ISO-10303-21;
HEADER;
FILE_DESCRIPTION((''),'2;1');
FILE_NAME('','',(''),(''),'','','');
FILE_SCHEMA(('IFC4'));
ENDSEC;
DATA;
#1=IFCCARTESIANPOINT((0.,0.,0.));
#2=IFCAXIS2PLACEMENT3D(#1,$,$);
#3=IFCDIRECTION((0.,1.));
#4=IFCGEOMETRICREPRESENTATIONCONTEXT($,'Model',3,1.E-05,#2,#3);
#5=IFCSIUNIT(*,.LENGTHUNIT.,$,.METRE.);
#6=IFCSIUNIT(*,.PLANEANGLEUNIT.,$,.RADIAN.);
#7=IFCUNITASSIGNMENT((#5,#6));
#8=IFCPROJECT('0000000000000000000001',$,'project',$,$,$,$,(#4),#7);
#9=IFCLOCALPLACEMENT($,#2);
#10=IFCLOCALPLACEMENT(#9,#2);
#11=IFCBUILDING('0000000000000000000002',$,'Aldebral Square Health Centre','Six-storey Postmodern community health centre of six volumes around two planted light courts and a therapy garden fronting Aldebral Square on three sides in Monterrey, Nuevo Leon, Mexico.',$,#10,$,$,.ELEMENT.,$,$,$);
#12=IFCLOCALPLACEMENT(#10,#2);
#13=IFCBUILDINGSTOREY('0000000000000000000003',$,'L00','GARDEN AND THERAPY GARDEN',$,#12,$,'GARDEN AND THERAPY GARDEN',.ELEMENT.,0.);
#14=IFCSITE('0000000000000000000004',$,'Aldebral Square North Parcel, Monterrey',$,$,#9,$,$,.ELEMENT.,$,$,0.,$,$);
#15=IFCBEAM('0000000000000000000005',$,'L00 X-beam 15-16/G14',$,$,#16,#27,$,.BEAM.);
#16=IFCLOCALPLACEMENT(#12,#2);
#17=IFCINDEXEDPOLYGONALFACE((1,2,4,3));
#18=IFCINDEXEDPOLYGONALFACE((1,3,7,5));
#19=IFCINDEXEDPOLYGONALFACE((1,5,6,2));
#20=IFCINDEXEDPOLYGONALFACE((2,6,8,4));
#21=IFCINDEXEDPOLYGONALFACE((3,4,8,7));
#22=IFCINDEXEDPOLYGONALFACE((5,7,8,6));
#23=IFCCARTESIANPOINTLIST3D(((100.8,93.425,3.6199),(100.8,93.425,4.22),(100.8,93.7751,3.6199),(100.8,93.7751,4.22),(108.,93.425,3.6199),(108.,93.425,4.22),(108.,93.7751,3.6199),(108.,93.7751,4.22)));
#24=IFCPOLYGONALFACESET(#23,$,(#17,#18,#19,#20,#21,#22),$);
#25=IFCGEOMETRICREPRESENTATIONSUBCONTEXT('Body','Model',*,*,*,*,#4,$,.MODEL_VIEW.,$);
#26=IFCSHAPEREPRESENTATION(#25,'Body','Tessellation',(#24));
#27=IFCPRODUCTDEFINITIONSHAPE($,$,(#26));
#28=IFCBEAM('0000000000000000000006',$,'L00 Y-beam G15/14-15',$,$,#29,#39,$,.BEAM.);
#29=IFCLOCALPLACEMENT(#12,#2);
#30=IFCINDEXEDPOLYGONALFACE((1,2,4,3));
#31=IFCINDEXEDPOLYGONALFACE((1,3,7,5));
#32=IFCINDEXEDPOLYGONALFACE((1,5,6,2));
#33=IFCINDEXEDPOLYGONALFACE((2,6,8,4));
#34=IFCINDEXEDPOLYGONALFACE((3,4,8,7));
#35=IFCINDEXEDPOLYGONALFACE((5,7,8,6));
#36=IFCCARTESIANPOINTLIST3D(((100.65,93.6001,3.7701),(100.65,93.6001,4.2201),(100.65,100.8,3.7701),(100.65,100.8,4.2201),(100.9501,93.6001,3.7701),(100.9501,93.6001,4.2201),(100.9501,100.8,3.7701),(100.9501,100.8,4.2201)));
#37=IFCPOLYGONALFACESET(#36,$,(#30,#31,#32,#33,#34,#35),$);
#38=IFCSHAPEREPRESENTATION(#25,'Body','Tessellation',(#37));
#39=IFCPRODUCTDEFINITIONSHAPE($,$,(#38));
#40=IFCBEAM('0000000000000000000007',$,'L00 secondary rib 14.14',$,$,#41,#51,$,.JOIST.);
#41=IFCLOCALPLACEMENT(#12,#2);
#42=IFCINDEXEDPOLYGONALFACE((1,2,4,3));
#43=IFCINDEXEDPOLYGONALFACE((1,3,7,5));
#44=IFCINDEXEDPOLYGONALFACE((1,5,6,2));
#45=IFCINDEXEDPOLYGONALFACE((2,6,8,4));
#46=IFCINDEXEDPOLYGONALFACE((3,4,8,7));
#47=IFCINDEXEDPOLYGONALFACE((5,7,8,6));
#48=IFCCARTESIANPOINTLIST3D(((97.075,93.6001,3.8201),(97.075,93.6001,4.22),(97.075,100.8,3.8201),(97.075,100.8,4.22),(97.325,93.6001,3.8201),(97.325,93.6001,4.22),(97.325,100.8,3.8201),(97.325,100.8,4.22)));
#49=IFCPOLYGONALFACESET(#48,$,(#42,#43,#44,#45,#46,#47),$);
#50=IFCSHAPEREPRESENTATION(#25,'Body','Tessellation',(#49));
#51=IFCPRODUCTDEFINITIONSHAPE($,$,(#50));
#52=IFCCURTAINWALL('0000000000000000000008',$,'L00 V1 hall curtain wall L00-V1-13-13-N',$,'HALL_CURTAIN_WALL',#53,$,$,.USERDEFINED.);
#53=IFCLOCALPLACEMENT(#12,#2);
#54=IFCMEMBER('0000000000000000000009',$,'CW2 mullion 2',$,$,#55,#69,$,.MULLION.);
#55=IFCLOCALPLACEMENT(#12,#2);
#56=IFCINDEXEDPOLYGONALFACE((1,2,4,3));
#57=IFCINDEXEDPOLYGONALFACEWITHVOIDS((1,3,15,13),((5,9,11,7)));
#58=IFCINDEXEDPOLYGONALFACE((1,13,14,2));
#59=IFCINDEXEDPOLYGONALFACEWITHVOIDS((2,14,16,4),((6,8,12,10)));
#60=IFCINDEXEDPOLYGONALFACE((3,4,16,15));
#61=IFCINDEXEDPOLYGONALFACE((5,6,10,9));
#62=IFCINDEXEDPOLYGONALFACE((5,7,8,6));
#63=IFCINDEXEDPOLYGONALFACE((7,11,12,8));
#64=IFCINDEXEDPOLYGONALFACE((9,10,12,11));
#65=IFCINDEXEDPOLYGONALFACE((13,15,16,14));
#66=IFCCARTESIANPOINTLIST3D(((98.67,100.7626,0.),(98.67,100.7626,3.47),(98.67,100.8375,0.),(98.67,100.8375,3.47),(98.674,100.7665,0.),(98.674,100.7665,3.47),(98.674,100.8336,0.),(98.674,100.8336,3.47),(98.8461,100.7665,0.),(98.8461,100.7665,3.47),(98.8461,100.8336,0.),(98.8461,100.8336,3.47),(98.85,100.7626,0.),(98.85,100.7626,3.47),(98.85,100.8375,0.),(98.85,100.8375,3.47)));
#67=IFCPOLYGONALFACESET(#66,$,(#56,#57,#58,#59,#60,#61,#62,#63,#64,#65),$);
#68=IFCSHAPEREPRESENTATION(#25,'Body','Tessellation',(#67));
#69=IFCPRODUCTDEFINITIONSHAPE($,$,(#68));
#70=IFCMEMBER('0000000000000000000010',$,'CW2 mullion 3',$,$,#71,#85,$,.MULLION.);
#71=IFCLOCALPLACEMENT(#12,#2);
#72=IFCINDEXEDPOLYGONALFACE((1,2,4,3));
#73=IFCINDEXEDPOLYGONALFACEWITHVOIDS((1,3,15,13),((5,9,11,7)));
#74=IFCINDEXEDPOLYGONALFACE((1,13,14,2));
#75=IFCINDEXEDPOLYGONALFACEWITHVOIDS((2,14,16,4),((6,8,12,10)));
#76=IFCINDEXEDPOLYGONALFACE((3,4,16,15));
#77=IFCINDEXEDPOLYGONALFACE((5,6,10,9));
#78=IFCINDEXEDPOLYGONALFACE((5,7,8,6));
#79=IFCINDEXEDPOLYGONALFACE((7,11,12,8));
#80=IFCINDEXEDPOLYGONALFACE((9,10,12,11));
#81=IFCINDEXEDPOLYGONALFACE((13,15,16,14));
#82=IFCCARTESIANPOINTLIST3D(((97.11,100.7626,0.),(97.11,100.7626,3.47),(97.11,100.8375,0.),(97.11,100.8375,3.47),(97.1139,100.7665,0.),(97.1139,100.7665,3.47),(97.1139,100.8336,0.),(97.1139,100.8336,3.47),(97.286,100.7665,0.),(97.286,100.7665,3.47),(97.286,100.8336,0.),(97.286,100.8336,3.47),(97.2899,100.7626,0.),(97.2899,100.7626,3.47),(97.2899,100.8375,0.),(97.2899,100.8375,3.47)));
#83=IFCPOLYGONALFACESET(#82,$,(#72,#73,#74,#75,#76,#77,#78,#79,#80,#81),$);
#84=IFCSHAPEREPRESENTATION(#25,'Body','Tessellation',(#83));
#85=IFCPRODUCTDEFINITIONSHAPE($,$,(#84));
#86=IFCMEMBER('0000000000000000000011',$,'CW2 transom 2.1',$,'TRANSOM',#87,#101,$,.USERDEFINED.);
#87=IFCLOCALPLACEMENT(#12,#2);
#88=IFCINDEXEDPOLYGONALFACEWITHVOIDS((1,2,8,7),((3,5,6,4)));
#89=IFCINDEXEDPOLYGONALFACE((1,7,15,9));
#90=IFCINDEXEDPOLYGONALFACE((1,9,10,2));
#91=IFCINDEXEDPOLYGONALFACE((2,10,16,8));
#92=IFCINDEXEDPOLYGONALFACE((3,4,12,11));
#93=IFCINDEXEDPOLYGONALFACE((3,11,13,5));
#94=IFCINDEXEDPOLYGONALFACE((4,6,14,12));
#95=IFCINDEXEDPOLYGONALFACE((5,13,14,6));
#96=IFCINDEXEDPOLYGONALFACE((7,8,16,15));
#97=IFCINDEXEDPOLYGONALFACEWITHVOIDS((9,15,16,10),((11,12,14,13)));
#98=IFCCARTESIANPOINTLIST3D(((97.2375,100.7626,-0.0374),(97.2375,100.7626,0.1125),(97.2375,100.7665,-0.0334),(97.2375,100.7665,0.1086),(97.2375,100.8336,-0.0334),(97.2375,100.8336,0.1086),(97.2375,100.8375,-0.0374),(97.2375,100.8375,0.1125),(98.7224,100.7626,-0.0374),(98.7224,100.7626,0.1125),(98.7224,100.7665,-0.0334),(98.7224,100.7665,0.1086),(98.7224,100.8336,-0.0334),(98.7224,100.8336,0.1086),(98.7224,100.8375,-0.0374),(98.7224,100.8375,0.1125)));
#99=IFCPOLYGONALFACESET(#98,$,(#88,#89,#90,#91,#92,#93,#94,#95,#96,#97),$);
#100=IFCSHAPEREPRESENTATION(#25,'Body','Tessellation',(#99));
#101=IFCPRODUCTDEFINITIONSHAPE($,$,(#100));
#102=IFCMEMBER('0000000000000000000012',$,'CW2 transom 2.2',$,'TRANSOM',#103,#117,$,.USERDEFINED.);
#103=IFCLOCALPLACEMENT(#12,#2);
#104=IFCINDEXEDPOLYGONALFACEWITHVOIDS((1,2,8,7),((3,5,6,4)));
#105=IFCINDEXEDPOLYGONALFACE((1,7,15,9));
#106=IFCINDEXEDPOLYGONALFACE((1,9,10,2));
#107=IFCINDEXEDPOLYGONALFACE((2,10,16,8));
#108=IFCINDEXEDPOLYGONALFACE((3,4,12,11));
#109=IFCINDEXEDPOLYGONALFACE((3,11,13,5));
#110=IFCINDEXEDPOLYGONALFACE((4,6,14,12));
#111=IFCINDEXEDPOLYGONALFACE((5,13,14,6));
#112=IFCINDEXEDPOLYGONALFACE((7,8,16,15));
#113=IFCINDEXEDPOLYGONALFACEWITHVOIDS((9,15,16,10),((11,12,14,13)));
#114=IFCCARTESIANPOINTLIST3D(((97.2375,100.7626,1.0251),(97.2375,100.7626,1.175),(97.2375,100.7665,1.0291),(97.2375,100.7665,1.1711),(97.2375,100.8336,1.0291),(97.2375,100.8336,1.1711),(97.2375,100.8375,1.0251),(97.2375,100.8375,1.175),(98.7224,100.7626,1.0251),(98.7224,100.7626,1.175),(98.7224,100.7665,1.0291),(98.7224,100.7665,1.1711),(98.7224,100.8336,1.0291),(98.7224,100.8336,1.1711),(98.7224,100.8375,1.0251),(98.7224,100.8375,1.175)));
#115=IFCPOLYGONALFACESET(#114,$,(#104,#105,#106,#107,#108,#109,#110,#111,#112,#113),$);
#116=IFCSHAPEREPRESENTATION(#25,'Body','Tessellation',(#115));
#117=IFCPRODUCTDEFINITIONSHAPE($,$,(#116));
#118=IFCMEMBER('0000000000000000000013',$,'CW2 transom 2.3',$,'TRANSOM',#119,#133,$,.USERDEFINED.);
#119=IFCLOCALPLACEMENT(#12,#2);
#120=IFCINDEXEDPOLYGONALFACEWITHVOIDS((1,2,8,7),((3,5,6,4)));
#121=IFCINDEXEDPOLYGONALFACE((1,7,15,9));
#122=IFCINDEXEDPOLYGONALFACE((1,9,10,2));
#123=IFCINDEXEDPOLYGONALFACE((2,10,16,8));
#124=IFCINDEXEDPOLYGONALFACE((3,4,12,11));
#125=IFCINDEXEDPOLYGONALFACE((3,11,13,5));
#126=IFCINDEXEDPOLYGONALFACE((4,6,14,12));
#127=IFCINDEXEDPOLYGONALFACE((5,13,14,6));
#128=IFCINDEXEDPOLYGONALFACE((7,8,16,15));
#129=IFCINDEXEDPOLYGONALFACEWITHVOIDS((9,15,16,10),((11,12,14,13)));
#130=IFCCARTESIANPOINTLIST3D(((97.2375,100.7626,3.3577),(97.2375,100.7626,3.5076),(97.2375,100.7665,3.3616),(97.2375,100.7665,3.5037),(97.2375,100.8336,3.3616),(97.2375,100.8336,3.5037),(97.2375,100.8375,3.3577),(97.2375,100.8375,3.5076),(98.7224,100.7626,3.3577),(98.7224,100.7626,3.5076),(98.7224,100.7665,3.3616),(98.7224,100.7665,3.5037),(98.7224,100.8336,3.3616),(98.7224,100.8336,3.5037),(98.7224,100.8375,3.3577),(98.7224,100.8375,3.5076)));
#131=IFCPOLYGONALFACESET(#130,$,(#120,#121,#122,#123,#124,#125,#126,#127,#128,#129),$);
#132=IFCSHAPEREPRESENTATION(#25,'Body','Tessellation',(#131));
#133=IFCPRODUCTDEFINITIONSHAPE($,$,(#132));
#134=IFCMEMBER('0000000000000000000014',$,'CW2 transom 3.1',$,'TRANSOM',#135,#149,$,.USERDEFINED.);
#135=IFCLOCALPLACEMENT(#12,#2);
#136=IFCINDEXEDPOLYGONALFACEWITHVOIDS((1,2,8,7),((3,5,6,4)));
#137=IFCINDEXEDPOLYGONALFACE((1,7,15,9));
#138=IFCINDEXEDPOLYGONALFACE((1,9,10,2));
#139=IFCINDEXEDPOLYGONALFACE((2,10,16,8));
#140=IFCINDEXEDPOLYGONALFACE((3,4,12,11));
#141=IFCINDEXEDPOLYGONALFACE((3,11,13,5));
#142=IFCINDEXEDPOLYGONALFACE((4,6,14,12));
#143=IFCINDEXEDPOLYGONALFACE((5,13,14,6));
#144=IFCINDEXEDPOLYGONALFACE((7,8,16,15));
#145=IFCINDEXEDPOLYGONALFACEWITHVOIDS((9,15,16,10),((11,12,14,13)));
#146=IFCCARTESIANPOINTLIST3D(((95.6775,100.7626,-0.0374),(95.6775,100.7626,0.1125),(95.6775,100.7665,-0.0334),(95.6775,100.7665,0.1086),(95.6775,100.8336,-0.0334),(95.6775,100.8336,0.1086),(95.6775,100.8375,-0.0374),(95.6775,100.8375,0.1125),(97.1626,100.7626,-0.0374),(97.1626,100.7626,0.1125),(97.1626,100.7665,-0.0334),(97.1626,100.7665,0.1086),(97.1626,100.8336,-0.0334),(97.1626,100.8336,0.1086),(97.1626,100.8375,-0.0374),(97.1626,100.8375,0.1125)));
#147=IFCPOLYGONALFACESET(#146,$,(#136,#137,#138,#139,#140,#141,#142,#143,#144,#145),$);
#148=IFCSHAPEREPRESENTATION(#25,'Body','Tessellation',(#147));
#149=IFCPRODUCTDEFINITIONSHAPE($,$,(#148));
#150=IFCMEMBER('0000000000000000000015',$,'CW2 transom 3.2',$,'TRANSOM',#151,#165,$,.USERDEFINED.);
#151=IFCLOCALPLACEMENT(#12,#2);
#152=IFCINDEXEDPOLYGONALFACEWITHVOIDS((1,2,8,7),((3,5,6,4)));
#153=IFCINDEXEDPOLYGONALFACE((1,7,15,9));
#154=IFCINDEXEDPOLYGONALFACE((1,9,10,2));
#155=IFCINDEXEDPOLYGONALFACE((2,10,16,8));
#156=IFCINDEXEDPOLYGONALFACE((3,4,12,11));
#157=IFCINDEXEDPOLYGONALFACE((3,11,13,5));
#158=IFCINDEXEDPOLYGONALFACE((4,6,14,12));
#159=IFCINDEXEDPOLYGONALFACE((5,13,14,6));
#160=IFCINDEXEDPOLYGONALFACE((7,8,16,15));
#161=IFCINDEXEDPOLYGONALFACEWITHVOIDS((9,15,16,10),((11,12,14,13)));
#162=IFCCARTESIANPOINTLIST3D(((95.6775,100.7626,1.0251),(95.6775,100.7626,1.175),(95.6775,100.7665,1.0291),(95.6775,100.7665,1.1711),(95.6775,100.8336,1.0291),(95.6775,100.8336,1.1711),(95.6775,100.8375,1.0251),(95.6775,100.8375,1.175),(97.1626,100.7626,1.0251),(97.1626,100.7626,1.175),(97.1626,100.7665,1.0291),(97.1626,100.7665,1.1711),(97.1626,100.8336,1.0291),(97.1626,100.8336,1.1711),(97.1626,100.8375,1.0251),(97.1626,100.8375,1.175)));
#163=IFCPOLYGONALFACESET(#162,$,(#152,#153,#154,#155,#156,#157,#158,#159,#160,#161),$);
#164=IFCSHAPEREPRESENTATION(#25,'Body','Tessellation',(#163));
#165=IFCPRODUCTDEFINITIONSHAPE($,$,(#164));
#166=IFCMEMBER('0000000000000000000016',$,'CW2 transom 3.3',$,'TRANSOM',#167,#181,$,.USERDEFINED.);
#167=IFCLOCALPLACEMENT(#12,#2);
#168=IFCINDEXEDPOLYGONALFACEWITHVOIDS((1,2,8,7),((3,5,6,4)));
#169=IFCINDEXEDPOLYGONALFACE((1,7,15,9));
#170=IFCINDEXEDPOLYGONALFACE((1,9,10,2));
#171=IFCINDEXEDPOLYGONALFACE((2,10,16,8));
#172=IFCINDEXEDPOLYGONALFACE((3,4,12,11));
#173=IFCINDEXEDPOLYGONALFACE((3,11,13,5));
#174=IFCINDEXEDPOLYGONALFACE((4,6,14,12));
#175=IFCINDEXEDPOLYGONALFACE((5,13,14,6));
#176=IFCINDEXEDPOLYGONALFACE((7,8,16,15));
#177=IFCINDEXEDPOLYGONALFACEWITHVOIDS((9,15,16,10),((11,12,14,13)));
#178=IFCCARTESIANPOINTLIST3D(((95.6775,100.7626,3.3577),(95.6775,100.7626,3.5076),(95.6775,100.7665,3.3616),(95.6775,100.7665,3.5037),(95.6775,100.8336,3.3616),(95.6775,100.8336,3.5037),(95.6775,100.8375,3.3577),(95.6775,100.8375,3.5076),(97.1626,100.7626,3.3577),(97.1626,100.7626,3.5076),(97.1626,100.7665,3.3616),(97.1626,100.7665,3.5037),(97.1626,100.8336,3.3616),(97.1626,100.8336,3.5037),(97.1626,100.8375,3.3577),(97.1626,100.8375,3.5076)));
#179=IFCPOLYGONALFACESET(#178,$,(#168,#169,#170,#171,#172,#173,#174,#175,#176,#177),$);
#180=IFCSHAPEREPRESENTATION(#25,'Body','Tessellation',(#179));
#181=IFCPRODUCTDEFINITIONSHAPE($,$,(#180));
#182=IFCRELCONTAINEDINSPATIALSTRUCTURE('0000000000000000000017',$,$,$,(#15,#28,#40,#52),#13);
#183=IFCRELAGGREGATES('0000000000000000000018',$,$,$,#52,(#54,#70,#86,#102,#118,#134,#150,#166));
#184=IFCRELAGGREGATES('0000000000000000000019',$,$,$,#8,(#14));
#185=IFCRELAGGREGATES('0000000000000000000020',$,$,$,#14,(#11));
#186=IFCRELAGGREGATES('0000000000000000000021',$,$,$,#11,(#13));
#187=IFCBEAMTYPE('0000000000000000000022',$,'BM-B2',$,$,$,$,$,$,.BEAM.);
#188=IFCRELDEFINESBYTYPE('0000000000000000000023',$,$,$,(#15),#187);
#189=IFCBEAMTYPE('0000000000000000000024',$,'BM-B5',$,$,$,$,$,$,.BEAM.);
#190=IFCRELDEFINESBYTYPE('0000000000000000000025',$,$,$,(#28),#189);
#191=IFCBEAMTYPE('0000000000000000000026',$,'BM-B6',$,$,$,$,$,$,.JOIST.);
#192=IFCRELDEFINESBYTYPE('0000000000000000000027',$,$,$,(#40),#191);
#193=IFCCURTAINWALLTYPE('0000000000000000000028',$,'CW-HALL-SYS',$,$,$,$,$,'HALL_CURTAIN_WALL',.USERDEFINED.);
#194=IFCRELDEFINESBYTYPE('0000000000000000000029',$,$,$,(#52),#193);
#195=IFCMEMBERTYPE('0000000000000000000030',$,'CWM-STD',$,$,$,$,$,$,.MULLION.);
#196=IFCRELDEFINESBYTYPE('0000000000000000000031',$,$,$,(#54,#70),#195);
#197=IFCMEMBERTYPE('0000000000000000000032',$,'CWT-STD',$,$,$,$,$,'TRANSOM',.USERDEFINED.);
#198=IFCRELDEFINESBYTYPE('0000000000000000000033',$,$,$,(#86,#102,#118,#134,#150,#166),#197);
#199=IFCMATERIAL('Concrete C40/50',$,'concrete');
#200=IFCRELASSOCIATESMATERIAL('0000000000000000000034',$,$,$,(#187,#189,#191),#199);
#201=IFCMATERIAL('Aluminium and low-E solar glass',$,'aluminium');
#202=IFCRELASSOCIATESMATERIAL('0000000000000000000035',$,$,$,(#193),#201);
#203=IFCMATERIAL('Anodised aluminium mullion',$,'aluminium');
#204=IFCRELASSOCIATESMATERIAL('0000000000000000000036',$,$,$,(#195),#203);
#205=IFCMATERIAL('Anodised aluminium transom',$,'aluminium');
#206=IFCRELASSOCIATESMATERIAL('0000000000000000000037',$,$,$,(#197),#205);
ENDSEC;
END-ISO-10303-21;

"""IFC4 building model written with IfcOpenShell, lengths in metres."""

from ifc_helpers import new_model, si_unit, direction, frame, origin, origin_2d, place, context, subcontext, project, spatial, rectangle, hollow_rectangle, extrude, material, material_profile, profile_set, type_object, element, aggregate, save


model = new_model("IFC4")

# Units and contexts
model_context = context("Model", 3, precision=1e-05, world=origin(), true_north=direction((0.0, 1.0)))
body_context = subcontext(model_context, "Body", "Model", "MODEL_VIEW")
ifc_project = project(units=[si_unit("LENGTHUNIT", "METRE"), si_unit("PLANEANGLEUNIT", "RADIAN")], contexts=[model_context])

# Site, building, storey
site_placement = place(None, origin())
site = spatial("IfcSite", under=ifc_project, at=site_placement, Name="Aldebral Square North Parcel, Monterrey", CompositionType="ELEMENT", RefElevation=0.0)
building_placement = place(site_placement, origin())
building = spatial("IfcBuilding", under=site, at=building_placement, Name="Aldebral Square Health Centre", Description="Six-storey Postmodern community health centre of six volumes around two planted light courts and a therapy garden fronting Aldebral Square on three sides in Monterrey, Nuevo Leon, Mexico.", CompositionType="ELEMENT")
storey_placement = place(building_placement, origin())
storey = spatial("IfcBuildingStorey", under=building, at=storey_placement, Name="L00", Description="GARDEN AND THERAPY GARDEN", LongName="GARDEN AND THERAPY GARDEN", CompositionType="ELEMENT", Elevation=0.0)

# Shared definitions
ifc_material_1 = material(Name="Concrete C40/50", Category="concrete")

# Beams
ifc_material_profile_1 = material_profile(ifc_material_1, rectangle(XDim=0.3501, YDim=0.6001, at=origin_2d()), Name="RC 350x600")
ifc_profile_set_1 = profile_set([ifc_material_profile_1], Name="Concrete C40/50")
beam_type_1 = type_object("IfcBeamType", Name="BM-B2", PredefinedType="BEAM", material=ifc_profile_set_1)
beam_1_placement = place(storey_placement, frame((100.8, 93.6001, 3.9199), z_axis=(1.0, 0.0, 0.0), x_axis=(0.0, 1.0, 0.0)))
element("IfcBeam", 1, at=beam_1_placement, inside=storey, type_object=beam_type_1, Name="L00 X-beam 15-16/G14", PredefinedType="BEAM", context=body_context, shape_type="SweptSolid", body=[
    extrude(rectangle(XDim=0.3501, YDim=0.6001, at=origin_2d()), origin(), (0.0, 0.0, 1.0), 7.2),
])
ifc_material_profile_2 = material_profile(ifc_material_1, rectangle(XDim=0.3, YDim=0.45, at=origin_2d()), Name="RC 300x450")
ifc_profile_set_2 = profile_set([ifc_material_profile_2], Name="Concrete C40/50")
beam_type_2 = type_object("IfcBeamType", Name="BM-B5", PredefinedType="BEAM", material=ifc_profile_set_2)
beam_2_placement = place(storey_placement, frame((100.8, 93.6001, 3.9951), z_axis=(0.0, 1.0, 0.0), x_axis=(-1.0, 0.0, 0.0)))
element("IfcBeam", 2, at=beam_2_placement, inside=storey, type_object=beam_type_2, Name="L00 Y-beam G15/14-15", PredefinedType="BEAM", context=body_context, shape_type="SweptSolid", body=[
    extrude(rectangle(XDim=0.3, YDim=0.45, at=origin_2d()), origin(), (0.0, 0.0, 1.0), 7.2),
])
ifc_material_profile_3 = material_profile(ifc_material_1, rectangle(XDim=0.25, YDim=0.3999, at=origin_2d()), Name="RC 250x400")
ifc_profile_set_3 = profile_set([ifc_material_profile_3], Name="Concrete C40/50")
beam_type_3 = type_object("IfcBeamType", Name="BM-B6", PredefinedType="JOIST", material=ifc_profile_set_3)
beam_3_placement = place(storey_placement, frame((97.2, 93.6001, 4.02), z_axis=(0.0, 1.0, 0.0), x_axis=(-1.0, 0.0, 0.0)))
element("IfcBeam", 3, at=beam_3_placement, inside=storey, type_object=beam_type_3, Name="L00 secondary rib 14.14", PredefinedType="JOIST", context=body_context, shape_type="SweptSolid", body=[
    extrude(rectangle(XDim=0.25, YDim=0.3999, at=origin_2d()), origin(), (0.0, 0.0, 1.0), 7.2),
])

# Curtain wall, members
ifc_material_2 = material(Name="Aluminium and low-E solar glass", Category="aluminium")
curtain_wall_type = type_object("IfcCurtainWallType", Name="CW-HALL-SYS", ElementType="HALL_CURTAIN_WALL", PredefinedType="USERDEFINED", material=ifc_material_2)
curtain_wall_placement = place(storey_placement, origin())
curtain_wall = element("IfcCurtainWall", 4, at=curtain_wall_placement, inside=storey, type_object=curtain_wall_type, Name="L00 V1 hall curtain wall L00-V1-13-13-N", ObjectType="HALL_CURTAIN_WALL", PredefinedType="USERDEFINED")
ifc_material_3 = material(Name="Anodised aluminium mullion", Category="aluminium")
ifc_material_profile_4 = material_profile(ifc_material_3, hollow_rectangle(XDim=0.075, YDim=0.1799, WallThickness=0.0039, at=origin_2d()), Name="CWM 75x180x4")
ifc_profile_set_4 = profile_set([ifc_material_profile_4], Name="Anodised aluminium mullion")
member_type_1 = type_object("IfcMemberType", Name="CWM-STD", PredefinedType="MULLION", material=ifc_profile_set_4)
member_1_placement = place(storey_placement, frame((98.76, 100.8, 0.0), z_axis=(0.0, 0.0, 1.0), x_axis=(0.0, -1.0, 0.0)))
member_1 = element("IfcMember", 5, at=member_1_placement, type_object=member_type_1, Name="CW2 mullion 2", PredefinedType="MULLION", context=body_context, shape_type="SweptSolid", body=[
    extrude(hollow_rectangle(XDim=0.075, YDim=0.1799, WallThickness=0.0039, at=origin_2d()), origin(), (0.0, 0.0, 1.0), 3.47),
])
member_2_placement = place(storey_placement, frame((97.2, 100.8, 0.0), z_axis=(0.0, 0.0, 1.0), x_axis=(0.0, -1.0, 0.0)))
member_2 = element("IfcMember", 6, at=member_2_placement, type_object=member_type_1, Name="CW2 mullion 3", PredefinedType="MULLION", context=body_context, shape_type="SweptSolid", body=[
    extrude(hollow_rectangle(XDim=0.075, YDim=0.1799, WallThickness=0.0039, at=origin_2d()), origin(), (0.0, 0.0, 1.0), 3.47),
])
ifc_material_4 = material(Name="Anodised aluminium transom", Category="aluminium")
ifc_material_profile_5 = material_profile(ifc_material_4, hollow_rectangle(XDim=0.075, YDim=0.1499, WallThickness=0.0039, at=origin_2d()), Name="CWT 75x150x4")
ifc_profile_set_5 = profile_set([ifc_material_profile_5], Name="Anodised aluminium transom")
member_type_2 = type_object("IfcMemberType", Name="CWT-STD", ElementType="TRANSOM", PredefinedType="USERDEFINED", material=ifc_profile_set_5)
member_3_placement = place(storey_placement, frame((98.7224, 100.8, 0.0376), z_axis=(-1.0, 0.0, 0.0), x_axis=(0.0, -1.0, 0.0)))
member_3 = element("IfcMember", 7, at=member_3_placement, type_object=member_type_2, Name="CW2 transom 2.1", ObjectType="TRANSOM", PredefinedType="USERDEFINED", context=body_context, shape_type="SweptSolid", body=[
    extrude(hollow_rectangle(XDim=0.075, YDim=0.1499, WallThickness=0.0039, at=origin_2d()), origin(), (0.0, 0.0, 1.0), 1.4849),
])
member_4_placement = place(storey_placement, frame((98.7224, 100.8, 1.1001), z_axis=(-1.0, 0.0, 0.0), x_axis=(0.0, -1.0, 0.0)))
member_4 = element("IfcMember", 8, at=member_4_placement, type_object=member_type_2, Name="CW2 transom 2.2", ObjectType="TRANSOM", PredefinedType="USERDEFINED", context=body_context, shape_type="SweptSolid", body=[
    extrude(hollow_rectangle(XDim=0.075, YDim=0.1499, WallThickness=0.0039, at=origin_2d()), origin(), (0.0, 0.0, 1.0), 1.4849),
])
member_5_placement = place(storey_placement, frame((98.7224, 100.8, 3.4326), z_axis=(-1.0, 0.0, 0.0), x_axis=(0.0, -1.0, 0.0)))
member_5 = element("IfcMember", 9, at=member_5_placement, type_object=member_type_2, Name="CW2 transom 2.3", ObjectType="TRANSOM", PredefinedType="USERDEFINED", context=body_context, shape_type="SweptSolid", body=[
    extrude(hollow_rectangle(XDim=0.075, YDim=0.1499, WallThickness=0.0039, at=origin_2d()), origin(), (0.0, 0.0, 1.0), 1.4849),
])
member_6_placement = place(storey_placement, frame((97.1626, 100.8, 0.0376), z_axis=(-1.0, 0.0, 0.0), x_axis=(0.0, -1.0, 0.0)))
member_6 = element("IfcMember", 10, at=member_6_placement, type_object=member_type_2, Name="CW2 transom 3.1", ObjectType="TRANSOM", PredefinedType="USERDEFINED", context=body_context, shape_type="SweptSolid", body=[
    extrude(hollow_rectangle(XDim=0.075, YDim=0.1499, WallThickness=0.0039, at=origin_2d()), origin(), (0.0, 0.0, 1.0), 1.4851),
])
member_7_placement = place(storey_placement, frame((97.1626, 100.8, 1.1001), z_axis=(-1.0, 0.0, 0.0), x_axis=(0.0, -1.0, 0.0)))
member_7 = element("IfcMember", 11, at=member_7_placement, type_object=member_type_2, Name="CW2 transom 3.2", ObjectType="TRANSOM", PredefinedType="USERDEFINED", context=body_context, shape_type="SweptSolid", body=[
    extrude(hollow_rectangle(XDim=0.075, YDim=0.1499, WallThickness=0.0039, at=origin_2d()), origin(), (0.0, 0.0, 1.0), 1.4851),
])
member_8_placement = place(storey_placement, frame((97.1626, 100.8, 3.4326), z_axis=(-1.0, 0.0, 0.0), x_axis=(0.0, -1.0, 0.0)))
member_8 = element("IfcMember", 12, at=member_8_placement, type_object=member_type_2, Name="CW2 transom 3.3", ObjectType="TRANSOM", PredefinedType="USERDEFINED", context=body_context, shape_type="SweptSolid", body=[
    extrude(hollow_rectangle(XDim=0.075, YDim=0.1499, WallThickness=0.0039, at=origin_2d()), origin(), (0.0, 0.0, 1.0), 1.4851),
])
aggregate(curtain_wall, [member_1, member_2, member_3, member_4, member_5, member_6, member_7, member_8])

save(model, "model.ifc")
